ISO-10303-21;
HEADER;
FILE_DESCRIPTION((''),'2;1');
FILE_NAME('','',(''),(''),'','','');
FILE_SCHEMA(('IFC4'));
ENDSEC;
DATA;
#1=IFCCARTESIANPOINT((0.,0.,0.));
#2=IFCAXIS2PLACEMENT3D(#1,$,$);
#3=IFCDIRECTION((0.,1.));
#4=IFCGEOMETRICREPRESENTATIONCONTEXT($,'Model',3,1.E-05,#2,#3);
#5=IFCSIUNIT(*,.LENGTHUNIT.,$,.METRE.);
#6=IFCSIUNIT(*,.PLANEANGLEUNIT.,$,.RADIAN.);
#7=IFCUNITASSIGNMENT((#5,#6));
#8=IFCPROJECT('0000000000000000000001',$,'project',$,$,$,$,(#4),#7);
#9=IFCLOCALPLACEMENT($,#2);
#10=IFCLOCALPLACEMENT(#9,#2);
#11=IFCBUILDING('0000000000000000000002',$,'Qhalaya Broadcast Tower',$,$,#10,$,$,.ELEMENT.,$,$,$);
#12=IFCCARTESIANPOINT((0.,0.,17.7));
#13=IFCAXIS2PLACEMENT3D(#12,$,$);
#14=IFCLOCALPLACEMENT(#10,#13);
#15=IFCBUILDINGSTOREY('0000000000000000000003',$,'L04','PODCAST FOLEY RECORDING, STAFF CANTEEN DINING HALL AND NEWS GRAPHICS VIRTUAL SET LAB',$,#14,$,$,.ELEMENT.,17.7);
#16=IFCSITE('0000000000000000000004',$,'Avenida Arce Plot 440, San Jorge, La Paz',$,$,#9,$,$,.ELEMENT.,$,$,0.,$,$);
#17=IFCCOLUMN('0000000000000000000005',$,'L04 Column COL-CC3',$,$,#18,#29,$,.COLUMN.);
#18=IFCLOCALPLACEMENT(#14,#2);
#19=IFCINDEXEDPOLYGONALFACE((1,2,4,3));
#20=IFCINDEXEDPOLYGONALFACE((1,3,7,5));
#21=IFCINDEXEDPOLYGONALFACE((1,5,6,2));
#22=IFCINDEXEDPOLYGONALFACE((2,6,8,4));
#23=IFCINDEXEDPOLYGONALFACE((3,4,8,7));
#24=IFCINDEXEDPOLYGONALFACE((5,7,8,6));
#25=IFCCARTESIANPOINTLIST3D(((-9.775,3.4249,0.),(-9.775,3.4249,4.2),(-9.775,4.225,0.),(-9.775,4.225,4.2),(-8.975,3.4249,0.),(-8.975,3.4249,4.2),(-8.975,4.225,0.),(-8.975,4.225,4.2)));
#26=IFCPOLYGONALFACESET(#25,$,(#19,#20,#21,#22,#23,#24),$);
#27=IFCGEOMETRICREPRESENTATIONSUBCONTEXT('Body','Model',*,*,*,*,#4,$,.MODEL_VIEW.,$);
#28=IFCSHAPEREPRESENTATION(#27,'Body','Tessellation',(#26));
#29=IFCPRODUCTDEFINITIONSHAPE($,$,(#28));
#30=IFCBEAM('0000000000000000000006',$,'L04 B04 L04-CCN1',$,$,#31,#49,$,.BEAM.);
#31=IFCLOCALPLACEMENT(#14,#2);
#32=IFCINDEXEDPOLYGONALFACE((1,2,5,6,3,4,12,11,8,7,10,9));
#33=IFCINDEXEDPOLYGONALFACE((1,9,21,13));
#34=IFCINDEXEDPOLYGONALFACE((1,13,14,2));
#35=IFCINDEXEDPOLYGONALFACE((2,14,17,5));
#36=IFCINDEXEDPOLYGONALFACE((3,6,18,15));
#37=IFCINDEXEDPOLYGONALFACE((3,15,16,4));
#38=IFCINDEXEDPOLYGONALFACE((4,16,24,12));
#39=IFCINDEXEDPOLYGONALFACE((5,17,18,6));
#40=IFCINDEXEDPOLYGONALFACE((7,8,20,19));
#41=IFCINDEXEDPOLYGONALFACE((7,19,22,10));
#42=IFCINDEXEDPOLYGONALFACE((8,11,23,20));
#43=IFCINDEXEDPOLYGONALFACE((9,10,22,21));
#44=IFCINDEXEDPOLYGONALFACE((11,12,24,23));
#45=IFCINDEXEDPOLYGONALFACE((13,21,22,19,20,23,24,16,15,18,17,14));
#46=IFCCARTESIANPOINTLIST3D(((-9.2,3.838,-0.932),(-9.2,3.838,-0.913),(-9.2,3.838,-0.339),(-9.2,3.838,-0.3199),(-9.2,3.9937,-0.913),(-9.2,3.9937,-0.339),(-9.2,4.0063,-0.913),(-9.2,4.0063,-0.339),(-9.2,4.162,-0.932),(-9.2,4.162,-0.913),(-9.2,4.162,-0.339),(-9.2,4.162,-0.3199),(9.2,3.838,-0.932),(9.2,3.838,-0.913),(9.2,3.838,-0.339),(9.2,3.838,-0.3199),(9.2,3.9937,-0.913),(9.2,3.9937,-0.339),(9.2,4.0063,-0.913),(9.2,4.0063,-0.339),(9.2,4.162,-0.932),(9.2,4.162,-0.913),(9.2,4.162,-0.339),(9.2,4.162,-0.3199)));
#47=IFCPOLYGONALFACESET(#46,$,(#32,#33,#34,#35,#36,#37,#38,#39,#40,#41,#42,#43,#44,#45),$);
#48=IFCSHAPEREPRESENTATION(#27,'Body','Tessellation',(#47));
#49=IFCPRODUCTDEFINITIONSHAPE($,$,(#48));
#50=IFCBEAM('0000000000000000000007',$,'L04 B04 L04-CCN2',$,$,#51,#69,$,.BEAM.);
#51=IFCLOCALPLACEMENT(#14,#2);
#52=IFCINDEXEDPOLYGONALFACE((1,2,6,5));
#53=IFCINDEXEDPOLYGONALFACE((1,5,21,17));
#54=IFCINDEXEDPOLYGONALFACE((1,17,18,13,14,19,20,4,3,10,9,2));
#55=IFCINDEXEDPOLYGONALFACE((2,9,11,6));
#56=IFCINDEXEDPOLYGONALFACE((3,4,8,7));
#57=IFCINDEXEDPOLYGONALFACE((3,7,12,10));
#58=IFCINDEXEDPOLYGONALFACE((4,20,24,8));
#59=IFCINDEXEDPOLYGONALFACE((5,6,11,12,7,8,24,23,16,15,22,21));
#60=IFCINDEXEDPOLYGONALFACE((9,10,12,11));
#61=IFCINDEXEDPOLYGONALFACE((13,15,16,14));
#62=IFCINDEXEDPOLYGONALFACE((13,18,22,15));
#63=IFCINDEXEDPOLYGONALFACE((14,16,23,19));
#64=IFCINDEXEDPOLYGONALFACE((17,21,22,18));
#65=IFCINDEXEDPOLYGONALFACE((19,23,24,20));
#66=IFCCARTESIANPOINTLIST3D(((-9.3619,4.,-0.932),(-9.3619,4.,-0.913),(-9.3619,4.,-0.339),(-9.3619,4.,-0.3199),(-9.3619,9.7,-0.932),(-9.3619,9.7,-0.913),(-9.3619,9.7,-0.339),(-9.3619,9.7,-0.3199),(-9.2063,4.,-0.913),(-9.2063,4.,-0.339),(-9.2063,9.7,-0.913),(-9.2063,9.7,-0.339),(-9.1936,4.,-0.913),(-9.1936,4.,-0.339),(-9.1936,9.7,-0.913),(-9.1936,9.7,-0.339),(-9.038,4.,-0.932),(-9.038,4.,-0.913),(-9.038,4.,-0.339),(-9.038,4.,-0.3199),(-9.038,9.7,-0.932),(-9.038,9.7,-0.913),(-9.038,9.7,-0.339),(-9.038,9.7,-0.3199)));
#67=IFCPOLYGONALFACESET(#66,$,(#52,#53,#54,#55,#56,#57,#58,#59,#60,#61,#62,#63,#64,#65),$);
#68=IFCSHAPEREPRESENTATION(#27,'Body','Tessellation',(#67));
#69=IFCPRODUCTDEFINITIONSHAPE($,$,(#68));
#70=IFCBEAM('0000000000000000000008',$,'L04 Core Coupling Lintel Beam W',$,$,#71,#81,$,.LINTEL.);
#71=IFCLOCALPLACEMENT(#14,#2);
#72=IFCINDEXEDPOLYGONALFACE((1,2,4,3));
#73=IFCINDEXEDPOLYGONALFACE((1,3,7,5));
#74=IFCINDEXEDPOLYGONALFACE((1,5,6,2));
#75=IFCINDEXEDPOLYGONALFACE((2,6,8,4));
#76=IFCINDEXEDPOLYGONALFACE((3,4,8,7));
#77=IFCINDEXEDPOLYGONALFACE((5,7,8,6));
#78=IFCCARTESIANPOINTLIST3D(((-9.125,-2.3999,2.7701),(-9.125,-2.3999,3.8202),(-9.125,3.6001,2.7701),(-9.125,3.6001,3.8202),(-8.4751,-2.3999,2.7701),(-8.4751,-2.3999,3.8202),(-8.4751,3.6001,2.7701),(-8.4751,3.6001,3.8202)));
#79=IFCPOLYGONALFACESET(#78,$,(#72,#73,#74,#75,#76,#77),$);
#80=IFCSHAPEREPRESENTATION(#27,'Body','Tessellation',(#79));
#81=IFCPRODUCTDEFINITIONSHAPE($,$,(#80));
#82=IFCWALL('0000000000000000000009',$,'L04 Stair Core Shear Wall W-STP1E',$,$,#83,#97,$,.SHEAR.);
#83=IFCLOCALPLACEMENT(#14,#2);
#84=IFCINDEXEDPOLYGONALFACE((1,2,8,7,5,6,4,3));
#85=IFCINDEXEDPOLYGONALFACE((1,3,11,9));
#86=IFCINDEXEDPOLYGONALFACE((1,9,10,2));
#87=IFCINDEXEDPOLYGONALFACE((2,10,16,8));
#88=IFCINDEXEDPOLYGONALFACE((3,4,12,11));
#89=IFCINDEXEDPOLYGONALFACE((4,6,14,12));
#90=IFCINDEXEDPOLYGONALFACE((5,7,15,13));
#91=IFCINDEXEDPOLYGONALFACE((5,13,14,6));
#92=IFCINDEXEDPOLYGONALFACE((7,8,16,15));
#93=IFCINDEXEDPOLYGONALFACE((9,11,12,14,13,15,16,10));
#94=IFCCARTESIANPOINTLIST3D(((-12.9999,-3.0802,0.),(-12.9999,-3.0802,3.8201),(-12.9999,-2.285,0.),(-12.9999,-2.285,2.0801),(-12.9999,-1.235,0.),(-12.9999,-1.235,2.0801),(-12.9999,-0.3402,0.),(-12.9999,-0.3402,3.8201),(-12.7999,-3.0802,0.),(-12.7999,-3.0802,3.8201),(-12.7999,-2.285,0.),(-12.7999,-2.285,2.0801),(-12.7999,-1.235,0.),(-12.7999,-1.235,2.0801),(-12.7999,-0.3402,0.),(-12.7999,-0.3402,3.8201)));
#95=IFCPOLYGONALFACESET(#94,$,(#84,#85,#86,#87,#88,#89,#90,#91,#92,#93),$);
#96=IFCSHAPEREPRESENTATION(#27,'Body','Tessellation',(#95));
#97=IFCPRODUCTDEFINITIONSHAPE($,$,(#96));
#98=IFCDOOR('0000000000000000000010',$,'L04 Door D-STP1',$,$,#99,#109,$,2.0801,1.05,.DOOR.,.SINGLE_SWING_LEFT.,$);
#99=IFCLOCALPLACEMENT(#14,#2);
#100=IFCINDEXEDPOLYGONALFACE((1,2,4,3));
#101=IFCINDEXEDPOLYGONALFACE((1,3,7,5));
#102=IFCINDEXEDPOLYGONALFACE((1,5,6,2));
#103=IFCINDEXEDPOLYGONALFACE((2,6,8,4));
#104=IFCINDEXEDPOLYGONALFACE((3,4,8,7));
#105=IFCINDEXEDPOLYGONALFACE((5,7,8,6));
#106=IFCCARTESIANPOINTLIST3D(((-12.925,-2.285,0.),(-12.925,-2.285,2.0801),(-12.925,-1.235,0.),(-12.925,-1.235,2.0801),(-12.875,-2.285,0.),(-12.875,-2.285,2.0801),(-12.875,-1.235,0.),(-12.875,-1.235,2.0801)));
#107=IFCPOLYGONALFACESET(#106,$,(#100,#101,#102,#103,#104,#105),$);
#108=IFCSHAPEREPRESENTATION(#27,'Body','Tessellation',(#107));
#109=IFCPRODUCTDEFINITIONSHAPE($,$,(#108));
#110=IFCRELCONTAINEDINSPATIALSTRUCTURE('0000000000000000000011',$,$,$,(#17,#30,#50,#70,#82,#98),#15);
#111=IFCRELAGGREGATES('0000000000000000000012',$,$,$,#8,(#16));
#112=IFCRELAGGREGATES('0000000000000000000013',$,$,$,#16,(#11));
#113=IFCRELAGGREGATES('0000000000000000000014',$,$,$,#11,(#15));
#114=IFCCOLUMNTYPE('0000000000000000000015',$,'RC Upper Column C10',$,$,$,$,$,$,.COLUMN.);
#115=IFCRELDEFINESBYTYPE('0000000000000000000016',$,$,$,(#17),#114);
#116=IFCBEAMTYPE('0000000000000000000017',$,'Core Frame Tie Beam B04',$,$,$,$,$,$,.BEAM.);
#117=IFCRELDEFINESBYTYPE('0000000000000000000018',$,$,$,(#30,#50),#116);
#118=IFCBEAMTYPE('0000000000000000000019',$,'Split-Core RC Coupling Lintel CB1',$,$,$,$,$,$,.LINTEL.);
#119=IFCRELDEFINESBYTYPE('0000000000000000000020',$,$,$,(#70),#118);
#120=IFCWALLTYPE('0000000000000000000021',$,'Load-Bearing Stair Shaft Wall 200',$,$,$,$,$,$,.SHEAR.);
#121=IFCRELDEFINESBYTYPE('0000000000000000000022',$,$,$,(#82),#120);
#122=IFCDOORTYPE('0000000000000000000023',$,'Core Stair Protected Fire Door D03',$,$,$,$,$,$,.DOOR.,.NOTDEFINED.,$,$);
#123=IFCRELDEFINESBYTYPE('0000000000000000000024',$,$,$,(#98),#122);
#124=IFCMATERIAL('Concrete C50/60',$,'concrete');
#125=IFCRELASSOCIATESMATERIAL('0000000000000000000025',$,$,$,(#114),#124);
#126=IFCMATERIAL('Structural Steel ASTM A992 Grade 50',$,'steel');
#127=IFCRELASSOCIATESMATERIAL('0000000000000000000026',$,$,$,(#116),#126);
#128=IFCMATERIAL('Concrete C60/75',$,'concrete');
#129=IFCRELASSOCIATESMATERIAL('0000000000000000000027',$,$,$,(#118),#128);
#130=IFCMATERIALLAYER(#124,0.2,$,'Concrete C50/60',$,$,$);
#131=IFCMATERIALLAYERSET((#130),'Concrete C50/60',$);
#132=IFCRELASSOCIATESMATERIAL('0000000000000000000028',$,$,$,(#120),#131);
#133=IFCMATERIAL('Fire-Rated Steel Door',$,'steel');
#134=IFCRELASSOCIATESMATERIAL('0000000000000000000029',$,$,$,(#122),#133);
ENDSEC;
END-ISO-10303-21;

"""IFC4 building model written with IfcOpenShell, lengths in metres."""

from ifc_helpers import new_model, si_unit, direction, frame, frame_2d, origin, origin_2d, place, context, subcontext, project, spatial, rectangle, i_section, extrude, material, layer, layer_set, material_profile, profile_set, type_object, element, fill, save


model = new_model("IFC4")

# Units and contexts
model_context = context("Model", 3, precision=1e-05, world=origin(), true_north=direction((0.0, 1.0)))
body_context = subcontext(model_context, "Body", "Model", "MODEL_VIEW")
ifc_project = project(units=[si_unit("LENGTHUNIT", "METRE"), si_unit("PLANEANGLEUNIT", "RADIAN")], contexts=[model_context])

# Site, building, storey
site_placement = place(None, origin())
site = spatial("IfcSite", under=ifc_project, at=site_placement, Name="Avenida Arce Plot 440, San Jorge, La Paz", CompositionType="ELEMENT", RefElevation=0.0)
building_placement = place(site_placement, origin())
building = spatial("IfcBuilding", under=site, at=building_placement, Name="Qhalaya Broadcast Tower", CompositionType="ELEMENT")
storey_placement = place(building_placement, frame((0.0, 0.0, 17.7)))
storey = spatial("IfcBuildingStorey", under=building, at=storey_placement, Name="L04", Description="PODCAST FOLEY RECORDING, STAFF CANTEEN DINING HALL AND NEWS GRAPHICS VIRTUAL SET LAB", CompositionType="ELEMENT", Elevation=17.7)

# Column
ifc_material_1 = material(Name="Concrete C50/60", Category="concrete")
ifc_material_profile_1 = material_profile(ifc_material_1, rectangle(XDim=0.8, YDim=0.8, at=origin_2d()), Name="RC-COL 800x800")
ifc_profile_set_1 = profile_set([ifc_material_profile_1], Name="Concrete C50/60")
column_type = type_object("IfcColumnType", Name="RC Upper Column C10", PredefinedType="COLUMN", material=ifc_profile_set_1)
column_placement = place(storey_placement, frame((-9.375, 3.825, 0.0), z_axis=(0.0, 0.0, 1.0), x_axis=(1.0, 0.0, 0.0)))
element("IfcColumn", 1, at=column_placement, inside=storey, type_object=column_type, Name="L04 Column COL-CC3", PredefinedType="COLUMN", context=body_context, shape_type="SweptSolid", body=[
    extrude(rectangle(XDim=0.8, YDim=0.8, at=origin_2d()), origin(), (0.0, 0.0, 1.0), 4.2),
])

# Beams
ifc_material_2 = material(Name="Structural Steel ASTM A992 Grade 50", Category="steel")
ifc_material_profile_2 = material_profile(ifc_material_2, i_section(OverallWidth=0.324, OverallDepth=0.6121, WebThickness=0.0127, FlangeThickness=0.019, at=origin_2d()), Name="W24X104")
ifc_profile_set_2 = profile_set([ifc_material_profile_2], Name="Structural Steel ASTM A992 Grade 50")
beam_type_1 = type_object("IfcBeamType", Name="Core Frame Tie Beam B04", PredefinedType="BEAM", material=ifc_profile_set_2)
beam_1_placement = place(storey_placement, frame((-9.2, 4.0, -0.626), z_axis=(1.0, 0.0, 0.0), x_axis=(0.0, 1.0, 0.0)))
element("IfcBeam", 2, at=beam_1_placement, inside=storey, type_object=beam_type_1, Name="L04 B04 L04-CCN1", PredefinedType="BEAM", context=body_context, shape_type="SweptSolid", body=[
    extrude(i_section(OverallWidth=0.324, OverallDepth=0.6121, WebThickness=0.0127, FlangeThickness=0.019, at=origin_2d()), origin(), (0.0, 0.0, 1.0), 18.3999),
])
beam_2_placement = place(storey_placement, frame((-9.2, 4.0, -0.626), z_axis=(0.0, 1.0, 0.0), x_axis=(-1.0, 0.0, 0.0)))
element("IfcBeam", 3, at=beam_2_placement, inside=storey, type_object=beam_type_1, Name="L04 B04 L04-CCN2", PredefinedType="BEAM", context=body_context, shape_type="SweptSolid", body=[
    extrude(i_section(OverallWidth=0.324, OverallDepth=0.6121, WebThickness=0.0127, FlangeThickness=0.019, at=origin_2d()), origin(), (0.0, 0.0, 1.0), 5.7),
])
ifc_material_3 = material(Name="Concrete C60/75", Category="concrete")
ifc_material_profile_3 = material_profile(ifc_material_3, rectangle(XDim=0.6499, YDim=1.05, at=origin_2d()), Name="RC-CB 650x1050")
ifc_profile_set_3 = profile_set([ifc_material_profile_3], Name="Concrete C60/75")
beam_type_2 = type_object("IfcBeamType", Name="Split-Core RC Coupling Lintel CB1", PredefinedType="LINTEL", material=ifc_profile_set_3)
beam_3_placement = place(storey_placement, frame((-8.8, -2.3999, 3.2952), z_axis=(0.0, 1.0, 0.0), x_axis=(-1.0, 0.0, 0.0)))
element("IfcBeam", 4, at=beam_3_placement, inside=storey, type_object=beam_type_2, Name="L04 Core Coupling Lintel Beam W", PredefinedType="LINTEL", context=body_context, shape_type="SweptSolid", body=[
    extrude(rectangle(XDim=0.6499, YDim=1.05, at=origin_2d()), origin(), (0.0, 0.0, 1.0), 6.0),
])

# Wall, opening, door
ifc_layer_1 = layer(ifc_material_1, 0.2, Name="Concrete C50/60")
ifc_layer_set_1 = layer_set([ifc_layer_1], Name="Concrete C50/60")
wall_type_1 = type_object("IfcWallType", Name="Load-Bearing Stair Shaft Wall 200", PredefinedType="SHEAR", material=ifc_layer_set_1)
wall_1_placement = place(storey_placement, frame((-12.8999, -0.3401, 0.0), z_axis=(0.0, 0.0, 1.0), x_axis=(0.0, -1.0, 0.0)))
wall_1 = element("IfcWall", 5, at=wall_1_placement, inside=storey, type_object=wall_type_1, Name="L04 Stair Core Shear Wall W-STP1E", PredefinedType="SHEAR", context=body_context, shape_type="SweptSolid", body=[
    extrude(rectangle(XDim=2.74, YDim=0.2, at=frame_2d((1.3701, 0.0))), origin(), (0.0, 0.0, 1.0), 3.8201),
])
opening_1_placement = place(wall_1_placement, frame((0.895, 0.0, 0.0)))
opening_1 = element("IfcOpeningElement", 6, at=opening_1_placement, cuts=wall_1, PredefinedType="OPENING", context=body_context, shape_type="SweptSolid", body=[
    extrude(rectangle(XDim=1.05, YDim=2.0801, at=frame_2d((0.5249, 1.04))), frame((0.0, 0.1121, 0.0), z_axis=(0.0, -1.0, 0.0), x_axis=(1.0, 0.0, 0.0)), (0.0, 0.0, 1.0), 0.2239),
])
ifc_material_4 = material(Name="Fire-Rated Steel Door", Category="steel")
door_type_1 = type_object("IfcDoorType", Name="Core Stair Protected Fire Door D03", OperationType="NOTDEFINED", PredefinedType="DOOR", material=ifc_material_4)
door_1_placement = place(opening_1_placement, origin())
door_1 = element("IfcDoor", 7, at=door_1_placement, inside=storey, type_object=door_type_1, Name="L04 Door D-STP1", OperationType="SINGLE_SWING_LEFT", OverallHeight=2.0801, OverallWidth=1.05, PredefinedType="DOOR", context=body_context, shape_type="SweptSolid", body=[
    extrude(rectangle(XDim=1.05, YDim=2.0801, at=frame_2d((0.5249, 1.04))), frame((0.0, 0.0249, 0.0), z_axis=(0.0, -1.0, 0.0), x_axis=(1.0, 0.0, 0.0)), (0.0, 0.0, 1.0), 0.05),
])
fill(opening_1, door_1)

save(model, "model.ifc")
